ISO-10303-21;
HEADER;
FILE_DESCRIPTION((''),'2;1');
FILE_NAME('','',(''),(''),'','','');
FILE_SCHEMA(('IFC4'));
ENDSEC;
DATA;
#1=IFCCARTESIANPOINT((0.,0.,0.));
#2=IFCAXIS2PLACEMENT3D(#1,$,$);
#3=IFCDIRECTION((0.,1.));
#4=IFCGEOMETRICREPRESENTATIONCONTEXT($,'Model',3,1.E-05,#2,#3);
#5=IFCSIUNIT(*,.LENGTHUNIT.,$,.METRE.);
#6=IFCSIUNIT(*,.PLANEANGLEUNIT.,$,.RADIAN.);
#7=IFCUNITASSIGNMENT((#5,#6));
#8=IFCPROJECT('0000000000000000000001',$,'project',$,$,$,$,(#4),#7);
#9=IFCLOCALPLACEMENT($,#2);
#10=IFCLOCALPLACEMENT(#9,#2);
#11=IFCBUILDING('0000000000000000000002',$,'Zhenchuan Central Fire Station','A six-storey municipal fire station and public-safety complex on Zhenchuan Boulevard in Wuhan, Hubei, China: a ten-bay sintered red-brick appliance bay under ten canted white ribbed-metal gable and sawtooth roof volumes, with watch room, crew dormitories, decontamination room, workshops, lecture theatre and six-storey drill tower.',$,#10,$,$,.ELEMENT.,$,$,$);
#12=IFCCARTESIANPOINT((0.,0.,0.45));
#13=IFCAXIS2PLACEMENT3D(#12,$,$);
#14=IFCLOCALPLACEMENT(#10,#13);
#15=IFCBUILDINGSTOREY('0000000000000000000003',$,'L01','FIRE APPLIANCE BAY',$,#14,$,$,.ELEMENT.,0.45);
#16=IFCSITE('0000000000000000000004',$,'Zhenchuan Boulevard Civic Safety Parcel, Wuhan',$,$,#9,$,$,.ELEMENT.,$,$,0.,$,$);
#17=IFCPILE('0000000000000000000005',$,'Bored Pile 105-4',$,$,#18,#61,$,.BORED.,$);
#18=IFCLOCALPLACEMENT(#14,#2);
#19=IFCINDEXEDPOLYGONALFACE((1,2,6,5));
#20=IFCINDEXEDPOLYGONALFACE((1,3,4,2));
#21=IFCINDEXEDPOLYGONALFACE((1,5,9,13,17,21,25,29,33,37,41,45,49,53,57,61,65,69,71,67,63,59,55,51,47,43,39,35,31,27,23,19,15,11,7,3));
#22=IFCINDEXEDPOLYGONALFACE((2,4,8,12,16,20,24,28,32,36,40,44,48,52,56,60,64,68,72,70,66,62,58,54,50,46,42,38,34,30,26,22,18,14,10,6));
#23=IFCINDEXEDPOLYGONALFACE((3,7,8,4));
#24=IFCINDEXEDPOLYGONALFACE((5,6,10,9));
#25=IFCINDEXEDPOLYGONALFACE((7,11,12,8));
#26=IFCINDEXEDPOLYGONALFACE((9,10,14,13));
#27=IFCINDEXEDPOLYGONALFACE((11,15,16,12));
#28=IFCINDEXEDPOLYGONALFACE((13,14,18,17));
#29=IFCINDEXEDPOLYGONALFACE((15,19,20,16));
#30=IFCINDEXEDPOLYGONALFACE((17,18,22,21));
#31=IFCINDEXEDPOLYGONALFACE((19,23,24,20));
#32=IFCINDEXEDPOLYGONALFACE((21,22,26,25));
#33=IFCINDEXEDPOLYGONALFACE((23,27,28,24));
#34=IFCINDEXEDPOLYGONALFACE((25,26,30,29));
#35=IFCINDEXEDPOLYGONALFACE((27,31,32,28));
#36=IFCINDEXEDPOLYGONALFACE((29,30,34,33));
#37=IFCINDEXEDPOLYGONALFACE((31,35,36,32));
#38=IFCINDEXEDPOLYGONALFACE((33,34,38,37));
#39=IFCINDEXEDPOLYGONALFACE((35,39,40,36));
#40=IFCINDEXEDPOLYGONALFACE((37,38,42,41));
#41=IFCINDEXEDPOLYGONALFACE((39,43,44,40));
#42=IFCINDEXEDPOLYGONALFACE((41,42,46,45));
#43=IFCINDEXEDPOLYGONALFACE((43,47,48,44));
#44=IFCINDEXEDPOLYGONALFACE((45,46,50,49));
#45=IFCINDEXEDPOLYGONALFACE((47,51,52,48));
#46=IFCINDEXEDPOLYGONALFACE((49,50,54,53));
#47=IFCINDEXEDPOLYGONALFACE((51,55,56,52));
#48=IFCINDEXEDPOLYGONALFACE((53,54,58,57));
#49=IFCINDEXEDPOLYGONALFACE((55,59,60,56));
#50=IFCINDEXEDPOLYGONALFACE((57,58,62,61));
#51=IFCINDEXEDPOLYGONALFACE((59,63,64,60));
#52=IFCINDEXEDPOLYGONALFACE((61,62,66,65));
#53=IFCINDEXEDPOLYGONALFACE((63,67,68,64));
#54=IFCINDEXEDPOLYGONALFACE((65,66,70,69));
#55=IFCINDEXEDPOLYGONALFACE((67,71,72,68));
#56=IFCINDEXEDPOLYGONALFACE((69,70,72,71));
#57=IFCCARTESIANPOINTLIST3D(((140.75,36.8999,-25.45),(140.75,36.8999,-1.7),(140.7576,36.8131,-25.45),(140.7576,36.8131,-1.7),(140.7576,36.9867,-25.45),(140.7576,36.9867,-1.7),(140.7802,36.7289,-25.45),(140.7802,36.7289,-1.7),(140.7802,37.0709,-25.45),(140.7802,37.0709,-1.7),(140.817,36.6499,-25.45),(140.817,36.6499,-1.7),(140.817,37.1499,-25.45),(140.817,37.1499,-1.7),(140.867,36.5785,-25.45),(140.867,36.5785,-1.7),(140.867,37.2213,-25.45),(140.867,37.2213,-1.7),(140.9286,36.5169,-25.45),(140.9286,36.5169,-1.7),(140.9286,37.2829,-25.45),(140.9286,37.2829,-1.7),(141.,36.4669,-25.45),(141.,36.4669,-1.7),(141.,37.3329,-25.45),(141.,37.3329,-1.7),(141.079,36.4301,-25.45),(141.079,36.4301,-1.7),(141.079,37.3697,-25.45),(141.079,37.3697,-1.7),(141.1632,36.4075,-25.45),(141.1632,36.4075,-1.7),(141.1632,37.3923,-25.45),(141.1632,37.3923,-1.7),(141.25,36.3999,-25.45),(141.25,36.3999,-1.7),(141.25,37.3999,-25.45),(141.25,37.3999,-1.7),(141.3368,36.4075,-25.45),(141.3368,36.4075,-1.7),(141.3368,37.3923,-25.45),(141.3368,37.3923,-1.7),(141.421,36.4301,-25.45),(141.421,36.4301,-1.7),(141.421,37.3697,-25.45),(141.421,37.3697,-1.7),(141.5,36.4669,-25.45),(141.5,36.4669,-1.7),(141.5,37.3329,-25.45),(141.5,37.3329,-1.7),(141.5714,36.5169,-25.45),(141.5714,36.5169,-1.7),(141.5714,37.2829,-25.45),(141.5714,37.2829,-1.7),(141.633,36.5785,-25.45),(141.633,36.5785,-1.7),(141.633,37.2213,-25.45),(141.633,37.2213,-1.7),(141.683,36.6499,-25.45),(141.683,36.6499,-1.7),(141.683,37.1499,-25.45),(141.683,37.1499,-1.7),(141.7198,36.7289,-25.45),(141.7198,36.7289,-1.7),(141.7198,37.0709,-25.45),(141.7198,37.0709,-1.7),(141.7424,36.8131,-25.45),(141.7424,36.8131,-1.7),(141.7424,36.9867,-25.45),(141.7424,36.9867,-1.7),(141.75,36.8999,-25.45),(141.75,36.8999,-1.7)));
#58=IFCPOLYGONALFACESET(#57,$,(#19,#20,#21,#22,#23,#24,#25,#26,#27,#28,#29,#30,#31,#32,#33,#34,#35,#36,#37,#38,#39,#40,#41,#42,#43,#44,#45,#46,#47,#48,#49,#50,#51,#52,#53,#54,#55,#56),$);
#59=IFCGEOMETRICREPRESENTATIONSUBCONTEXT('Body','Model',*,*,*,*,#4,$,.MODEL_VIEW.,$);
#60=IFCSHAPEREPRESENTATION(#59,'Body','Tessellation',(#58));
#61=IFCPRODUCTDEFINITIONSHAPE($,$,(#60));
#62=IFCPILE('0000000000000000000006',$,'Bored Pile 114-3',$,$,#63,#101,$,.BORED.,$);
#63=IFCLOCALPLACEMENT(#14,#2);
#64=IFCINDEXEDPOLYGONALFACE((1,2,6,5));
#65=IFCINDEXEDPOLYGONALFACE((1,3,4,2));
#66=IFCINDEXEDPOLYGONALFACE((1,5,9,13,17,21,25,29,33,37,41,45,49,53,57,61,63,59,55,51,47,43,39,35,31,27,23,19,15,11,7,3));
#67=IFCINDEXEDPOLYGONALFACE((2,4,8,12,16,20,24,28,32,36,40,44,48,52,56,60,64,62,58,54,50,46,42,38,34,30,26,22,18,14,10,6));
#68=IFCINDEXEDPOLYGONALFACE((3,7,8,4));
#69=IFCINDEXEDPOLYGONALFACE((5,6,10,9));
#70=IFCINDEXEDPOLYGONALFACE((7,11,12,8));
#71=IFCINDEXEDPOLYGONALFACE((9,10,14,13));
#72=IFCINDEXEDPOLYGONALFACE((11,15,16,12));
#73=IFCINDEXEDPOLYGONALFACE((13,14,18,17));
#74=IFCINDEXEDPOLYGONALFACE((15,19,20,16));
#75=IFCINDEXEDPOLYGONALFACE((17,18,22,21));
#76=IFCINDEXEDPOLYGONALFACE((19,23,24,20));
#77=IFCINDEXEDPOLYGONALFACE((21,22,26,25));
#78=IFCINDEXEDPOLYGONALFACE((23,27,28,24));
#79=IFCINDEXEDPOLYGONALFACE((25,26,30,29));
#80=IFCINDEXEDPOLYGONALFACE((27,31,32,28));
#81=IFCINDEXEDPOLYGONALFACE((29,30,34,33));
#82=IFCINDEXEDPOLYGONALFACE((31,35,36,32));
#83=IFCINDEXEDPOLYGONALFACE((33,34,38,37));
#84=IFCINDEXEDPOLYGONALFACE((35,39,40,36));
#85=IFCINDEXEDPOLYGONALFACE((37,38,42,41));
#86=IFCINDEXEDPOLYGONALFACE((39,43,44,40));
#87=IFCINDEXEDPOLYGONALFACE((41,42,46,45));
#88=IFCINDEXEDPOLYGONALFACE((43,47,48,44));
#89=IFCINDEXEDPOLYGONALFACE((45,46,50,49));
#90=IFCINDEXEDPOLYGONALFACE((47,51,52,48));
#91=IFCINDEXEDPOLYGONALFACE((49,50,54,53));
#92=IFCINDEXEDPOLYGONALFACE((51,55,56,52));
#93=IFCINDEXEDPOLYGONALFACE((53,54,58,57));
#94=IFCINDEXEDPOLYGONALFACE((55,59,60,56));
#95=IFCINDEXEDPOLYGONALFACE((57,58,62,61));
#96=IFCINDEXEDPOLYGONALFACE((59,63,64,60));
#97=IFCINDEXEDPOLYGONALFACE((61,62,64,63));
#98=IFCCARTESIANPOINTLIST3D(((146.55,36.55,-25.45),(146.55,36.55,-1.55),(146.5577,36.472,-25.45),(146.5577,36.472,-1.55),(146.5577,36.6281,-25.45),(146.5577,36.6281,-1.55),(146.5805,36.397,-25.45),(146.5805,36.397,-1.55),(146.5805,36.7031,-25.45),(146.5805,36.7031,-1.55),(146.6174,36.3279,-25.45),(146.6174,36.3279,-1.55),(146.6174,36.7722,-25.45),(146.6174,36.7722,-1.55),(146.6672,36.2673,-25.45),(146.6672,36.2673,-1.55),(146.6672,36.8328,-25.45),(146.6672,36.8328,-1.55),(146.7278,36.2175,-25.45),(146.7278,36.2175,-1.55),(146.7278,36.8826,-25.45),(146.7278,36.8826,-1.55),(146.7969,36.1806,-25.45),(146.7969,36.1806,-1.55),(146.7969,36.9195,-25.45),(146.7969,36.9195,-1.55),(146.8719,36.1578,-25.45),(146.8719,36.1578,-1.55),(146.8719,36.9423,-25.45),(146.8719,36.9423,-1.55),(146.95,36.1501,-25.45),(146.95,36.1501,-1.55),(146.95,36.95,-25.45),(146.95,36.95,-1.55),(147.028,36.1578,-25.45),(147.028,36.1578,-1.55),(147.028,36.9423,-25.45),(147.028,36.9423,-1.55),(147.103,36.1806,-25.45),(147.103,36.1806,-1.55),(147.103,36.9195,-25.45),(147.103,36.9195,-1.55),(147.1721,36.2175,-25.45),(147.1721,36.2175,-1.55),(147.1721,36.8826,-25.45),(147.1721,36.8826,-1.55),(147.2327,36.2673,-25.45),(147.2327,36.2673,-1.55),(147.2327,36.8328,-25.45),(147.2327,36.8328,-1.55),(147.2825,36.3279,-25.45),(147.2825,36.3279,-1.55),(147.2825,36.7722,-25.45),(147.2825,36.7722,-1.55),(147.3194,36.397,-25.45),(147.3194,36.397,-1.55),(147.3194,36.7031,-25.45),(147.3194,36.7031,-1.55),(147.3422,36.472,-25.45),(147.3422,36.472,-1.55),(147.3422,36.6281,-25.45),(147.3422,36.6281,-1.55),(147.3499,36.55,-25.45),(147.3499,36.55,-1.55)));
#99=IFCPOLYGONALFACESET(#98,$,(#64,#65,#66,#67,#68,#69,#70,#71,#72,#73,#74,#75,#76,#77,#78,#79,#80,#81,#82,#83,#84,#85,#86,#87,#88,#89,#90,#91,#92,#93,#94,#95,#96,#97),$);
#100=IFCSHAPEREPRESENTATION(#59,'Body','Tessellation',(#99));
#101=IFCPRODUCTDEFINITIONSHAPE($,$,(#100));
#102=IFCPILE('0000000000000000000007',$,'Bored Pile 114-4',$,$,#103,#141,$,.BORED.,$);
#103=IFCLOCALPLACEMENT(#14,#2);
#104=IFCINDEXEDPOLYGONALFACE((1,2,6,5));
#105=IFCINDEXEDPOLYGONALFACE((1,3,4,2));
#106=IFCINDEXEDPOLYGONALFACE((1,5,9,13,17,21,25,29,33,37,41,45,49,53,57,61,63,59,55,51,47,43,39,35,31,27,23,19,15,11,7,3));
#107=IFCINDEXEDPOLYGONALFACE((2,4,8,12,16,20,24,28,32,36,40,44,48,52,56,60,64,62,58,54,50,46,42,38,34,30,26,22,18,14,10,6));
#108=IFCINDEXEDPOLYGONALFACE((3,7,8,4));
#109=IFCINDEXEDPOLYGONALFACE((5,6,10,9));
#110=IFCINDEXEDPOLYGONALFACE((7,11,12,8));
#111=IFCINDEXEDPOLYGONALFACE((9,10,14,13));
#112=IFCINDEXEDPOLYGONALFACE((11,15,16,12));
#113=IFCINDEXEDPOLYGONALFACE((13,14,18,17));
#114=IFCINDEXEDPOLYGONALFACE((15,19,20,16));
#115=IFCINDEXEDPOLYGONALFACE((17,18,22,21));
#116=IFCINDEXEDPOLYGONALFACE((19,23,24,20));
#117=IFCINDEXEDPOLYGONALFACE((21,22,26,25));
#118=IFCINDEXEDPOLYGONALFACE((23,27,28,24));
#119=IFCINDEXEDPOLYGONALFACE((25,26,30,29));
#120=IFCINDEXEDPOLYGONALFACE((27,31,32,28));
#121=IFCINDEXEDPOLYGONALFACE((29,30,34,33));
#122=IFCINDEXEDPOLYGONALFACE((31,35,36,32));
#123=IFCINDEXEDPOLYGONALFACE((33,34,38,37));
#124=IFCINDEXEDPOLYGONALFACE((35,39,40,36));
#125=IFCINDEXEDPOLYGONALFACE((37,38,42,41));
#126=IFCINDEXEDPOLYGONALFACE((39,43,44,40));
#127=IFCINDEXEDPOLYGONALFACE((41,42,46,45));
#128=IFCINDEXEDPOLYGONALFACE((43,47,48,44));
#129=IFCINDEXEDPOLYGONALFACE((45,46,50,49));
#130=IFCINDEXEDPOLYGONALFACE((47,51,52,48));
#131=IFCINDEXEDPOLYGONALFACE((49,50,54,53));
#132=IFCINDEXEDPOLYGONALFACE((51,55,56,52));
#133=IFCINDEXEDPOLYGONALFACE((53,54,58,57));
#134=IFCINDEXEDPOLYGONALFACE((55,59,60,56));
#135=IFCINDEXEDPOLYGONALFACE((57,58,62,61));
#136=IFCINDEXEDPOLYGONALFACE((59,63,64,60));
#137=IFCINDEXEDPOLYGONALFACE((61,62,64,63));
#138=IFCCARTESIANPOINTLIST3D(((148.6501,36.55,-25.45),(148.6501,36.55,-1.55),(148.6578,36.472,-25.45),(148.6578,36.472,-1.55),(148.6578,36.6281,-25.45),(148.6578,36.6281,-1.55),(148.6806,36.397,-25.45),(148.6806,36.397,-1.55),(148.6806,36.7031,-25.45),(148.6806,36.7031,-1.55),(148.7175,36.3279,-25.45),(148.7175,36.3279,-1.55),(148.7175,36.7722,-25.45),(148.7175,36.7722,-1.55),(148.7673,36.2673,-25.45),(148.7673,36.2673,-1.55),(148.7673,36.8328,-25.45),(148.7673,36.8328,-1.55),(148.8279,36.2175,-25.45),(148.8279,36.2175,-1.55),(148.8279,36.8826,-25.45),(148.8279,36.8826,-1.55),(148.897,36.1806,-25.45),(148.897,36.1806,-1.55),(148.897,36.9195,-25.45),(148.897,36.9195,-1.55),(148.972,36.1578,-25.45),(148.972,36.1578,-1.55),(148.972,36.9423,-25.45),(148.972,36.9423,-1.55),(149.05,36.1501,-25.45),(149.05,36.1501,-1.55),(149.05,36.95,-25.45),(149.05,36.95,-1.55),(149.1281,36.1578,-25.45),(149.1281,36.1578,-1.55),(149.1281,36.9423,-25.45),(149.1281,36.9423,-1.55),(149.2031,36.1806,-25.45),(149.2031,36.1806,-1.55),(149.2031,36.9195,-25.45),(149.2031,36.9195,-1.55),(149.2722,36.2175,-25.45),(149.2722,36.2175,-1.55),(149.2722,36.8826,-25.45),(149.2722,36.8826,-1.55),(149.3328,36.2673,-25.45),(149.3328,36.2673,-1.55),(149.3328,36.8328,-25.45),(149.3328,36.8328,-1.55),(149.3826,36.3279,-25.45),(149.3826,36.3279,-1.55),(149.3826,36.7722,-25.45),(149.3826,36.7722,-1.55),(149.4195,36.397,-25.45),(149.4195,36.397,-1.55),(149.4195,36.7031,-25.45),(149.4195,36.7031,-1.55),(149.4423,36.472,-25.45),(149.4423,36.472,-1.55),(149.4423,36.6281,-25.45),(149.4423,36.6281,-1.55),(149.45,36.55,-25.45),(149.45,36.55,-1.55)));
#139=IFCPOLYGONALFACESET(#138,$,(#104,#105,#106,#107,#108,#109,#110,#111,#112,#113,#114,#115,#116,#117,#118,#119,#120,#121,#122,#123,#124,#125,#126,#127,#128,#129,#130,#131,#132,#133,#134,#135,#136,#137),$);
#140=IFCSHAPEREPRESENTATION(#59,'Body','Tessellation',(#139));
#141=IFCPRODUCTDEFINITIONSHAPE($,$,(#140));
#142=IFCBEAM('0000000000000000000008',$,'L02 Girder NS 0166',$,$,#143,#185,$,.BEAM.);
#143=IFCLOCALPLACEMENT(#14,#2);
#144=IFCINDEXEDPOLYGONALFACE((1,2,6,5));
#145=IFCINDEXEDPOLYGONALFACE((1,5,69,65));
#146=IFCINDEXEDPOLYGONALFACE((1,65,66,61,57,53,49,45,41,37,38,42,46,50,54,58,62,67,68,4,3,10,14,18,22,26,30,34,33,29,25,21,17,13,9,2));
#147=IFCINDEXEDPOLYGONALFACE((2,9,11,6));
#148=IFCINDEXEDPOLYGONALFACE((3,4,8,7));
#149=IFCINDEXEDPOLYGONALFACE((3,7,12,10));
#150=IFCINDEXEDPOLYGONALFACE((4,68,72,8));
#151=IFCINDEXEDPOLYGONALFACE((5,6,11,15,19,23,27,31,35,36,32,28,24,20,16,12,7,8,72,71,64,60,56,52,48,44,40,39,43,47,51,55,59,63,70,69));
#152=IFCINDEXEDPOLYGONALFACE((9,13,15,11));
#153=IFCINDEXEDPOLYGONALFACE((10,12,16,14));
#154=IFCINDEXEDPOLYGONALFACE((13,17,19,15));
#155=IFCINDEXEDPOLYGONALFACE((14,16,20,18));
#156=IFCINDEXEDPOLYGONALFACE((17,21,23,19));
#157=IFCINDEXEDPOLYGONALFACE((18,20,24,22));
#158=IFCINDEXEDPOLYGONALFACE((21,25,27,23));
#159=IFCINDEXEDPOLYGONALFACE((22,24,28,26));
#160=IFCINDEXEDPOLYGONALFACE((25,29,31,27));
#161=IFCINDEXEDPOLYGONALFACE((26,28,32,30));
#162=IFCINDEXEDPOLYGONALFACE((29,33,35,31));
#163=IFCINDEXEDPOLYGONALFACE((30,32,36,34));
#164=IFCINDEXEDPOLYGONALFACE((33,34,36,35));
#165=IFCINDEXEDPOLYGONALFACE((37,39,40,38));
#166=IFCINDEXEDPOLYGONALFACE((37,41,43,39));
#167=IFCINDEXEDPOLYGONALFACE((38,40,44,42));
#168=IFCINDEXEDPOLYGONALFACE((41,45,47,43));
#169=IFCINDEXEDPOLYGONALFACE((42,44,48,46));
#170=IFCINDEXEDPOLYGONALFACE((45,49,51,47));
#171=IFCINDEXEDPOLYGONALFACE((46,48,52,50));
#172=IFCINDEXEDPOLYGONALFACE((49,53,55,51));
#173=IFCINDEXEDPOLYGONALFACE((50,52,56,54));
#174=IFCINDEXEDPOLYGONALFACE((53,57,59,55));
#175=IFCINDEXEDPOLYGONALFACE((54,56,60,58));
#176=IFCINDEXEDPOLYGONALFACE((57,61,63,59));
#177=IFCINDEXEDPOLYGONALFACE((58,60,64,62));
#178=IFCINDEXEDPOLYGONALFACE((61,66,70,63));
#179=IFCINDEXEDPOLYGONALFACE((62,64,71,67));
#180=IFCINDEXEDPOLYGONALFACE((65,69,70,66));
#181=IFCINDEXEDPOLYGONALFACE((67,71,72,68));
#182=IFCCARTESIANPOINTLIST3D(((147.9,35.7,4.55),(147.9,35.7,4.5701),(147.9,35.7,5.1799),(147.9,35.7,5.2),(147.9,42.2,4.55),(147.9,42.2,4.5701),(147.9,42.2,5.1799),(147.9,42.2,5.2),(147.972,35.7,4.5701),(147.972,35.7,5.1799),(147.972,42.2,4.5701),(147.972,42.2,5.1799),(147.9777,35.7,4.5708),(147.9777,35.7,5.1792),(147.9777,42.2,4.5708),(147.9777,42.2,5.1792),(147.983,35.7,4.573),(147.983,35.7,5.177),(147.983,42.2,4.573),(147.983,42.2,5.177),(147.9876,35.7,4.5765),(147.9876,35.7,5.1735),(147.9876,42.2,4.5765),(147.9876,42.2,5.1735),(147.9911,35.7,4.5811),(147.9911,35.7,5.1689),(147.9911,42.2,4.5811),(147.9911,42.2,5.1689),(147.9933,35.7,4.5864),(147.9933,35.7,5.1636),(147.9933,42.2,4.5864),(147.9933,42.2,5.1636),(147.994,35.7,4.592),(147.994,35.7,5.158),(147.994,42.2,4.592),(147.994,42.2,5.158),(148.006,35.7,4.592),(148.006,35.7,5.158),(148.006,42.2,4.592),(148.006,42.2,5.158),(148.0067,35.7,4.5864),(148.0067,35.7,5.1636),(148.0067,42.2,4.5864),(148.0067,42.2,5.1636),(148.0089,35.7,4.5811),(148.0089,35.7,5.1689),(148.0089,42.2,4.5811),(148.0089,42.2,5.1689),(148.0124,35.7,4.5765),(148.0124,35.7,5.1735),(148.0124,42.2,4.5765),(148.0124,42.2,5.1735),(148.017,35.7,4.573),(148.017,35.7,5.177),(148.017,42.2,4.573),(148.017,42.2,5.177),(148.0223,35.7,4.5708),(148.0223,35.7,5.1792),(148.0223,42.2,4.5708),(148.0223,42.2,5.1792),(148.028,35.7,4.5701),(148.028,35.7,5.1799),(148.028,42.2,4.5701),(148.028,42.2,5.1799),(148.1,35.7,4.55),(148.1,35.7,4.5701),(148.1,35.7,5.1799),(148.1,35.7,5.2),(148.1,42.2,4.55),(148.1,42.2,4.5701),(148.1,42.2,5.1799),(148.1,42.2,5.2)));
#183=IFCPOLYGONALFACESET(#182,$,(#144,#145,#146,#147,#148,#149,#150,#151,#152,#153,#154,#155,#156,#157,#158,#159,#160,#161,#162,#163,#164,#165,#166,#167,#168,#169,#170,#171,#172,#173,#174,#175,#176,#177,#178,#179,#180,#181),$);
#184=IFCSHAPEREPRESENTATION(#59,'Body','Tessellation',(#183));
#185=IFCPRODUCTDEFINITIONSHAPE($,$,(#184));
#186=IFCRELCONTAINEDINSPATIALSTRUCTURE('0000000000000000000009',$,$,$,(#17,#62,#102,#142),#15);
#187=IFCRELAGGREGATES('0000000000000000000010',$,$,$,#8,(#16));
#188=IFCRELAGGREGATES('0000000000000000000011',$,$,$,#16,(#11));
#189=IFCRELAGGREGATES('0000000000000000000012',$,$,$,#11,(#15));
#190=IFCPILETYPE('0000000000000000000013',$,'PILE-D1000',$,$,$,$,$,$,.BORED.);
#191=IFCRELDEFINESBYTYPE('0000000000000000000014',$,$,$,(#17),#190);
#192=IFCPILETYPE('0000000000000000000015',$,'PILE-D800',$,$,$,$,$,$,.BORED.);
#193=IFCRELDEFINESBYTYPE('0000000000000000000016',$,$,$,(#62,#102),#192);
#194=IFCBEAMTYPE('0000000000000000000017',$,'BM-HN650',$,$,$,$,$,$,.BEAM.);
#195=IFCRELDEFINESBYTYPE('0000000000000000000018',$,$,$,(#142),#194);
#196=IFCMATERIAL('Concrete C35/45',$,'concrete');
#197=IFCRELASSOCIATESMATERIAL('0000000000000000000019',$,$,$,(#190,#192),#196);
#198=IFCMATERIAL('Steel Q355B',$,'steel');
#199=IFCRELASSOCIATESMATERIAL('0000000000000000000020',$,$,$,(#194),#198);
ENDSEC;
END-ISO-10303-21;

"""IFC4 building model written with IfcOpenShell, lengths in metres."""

from ifc_helpers import new_model, si_unit, direction, frame, origin, origin_2d, place, context, subcontext, project, spatial, circle, i_section, extrude, material, material_profile, profile_set, type_object, element, save


model = new_model("IFC4")

# Units and contexts
model_context = context("Model", 3, precision=1e-05, world=origin(), true_north=direction((0.0, 1.0)))
body_context = subcontext(model_context, "Body", "Model", "MODEL_VIEW")
ifc_project = project(units=[si_unit("LENGTHUNIT", "METRE"), si_unit("PLANEANGLEUNIT", "RADIAN")], contexts=[model_context])

# Site, building, storey
site_placement = place(None, origin())
site = spatial("IfcSite", under=ifc_project, at=site_placement, Name="Zhenchuan Boulevard Civic Safety Parcel, Wuhan", CompositionType="ELEMENT", RefElevation=0.0)
building_placement = place(site_placement, origin())
building = spatial("IfcBuilding", under=site, at=building_placement, Name="Zhenchuan Central Fire Station", Description="A six-storey municipal fire station and public-safety complex on Zhenchuan Boulevard in Wuhan, Hubei, China: a ten-bay sintered red-brick appliance bay under ten canted white ribbed-metal gable and sawtooth roof volumes, with watch room, crew dormitories, decontamination room, workshops, lecture theatre and six-storey drill tower.", CompositionType="ELEMENT")
storey_placement = place(building_placement, frame((0.0, 0.0, 0.45)))
storey = spatial("IfcBuildingStorey", under=building, at=storey_placement, Name="L01", Description="FIRE APPLIANCE BAY", CompositionType="ELEMENT", Elevation=0.45)

# Piles
ifc_material_1 = material(Name="Concrete C35/45", Category="concrete")
ifc_material_profile_1 = material_profile(ifc_material_1, circle(Radius=0.5, at=origin_2d()), Name="PILE D1000")
ifc_profile_set_1 = profile_set([ifc_material_profile_1], Name="Concrete C35/45")
pile_type_1 = type_object("IfcPileType", Name="PILE-D1000", PredefinedType="BORED", material=ifc_profile_set_1)
pile_placement = place(storey_placement, frame((141.25, 36.8999, -1.7), z_axis=(0.0, 0.0, -1.0), x_axis=(1.0, 0.0, 0.0)))
element("IfcPile", 1, at=pile_placement, inside=storey, type_object=pile_type_1, Name="Bored Pile 105-4", PredefinedType="BORED", context=body_context, shape_type="SweptSolid", body=[
    extrude(circle(Radius=0.5, at=origin_2d()), origin(), (0.0, 0.0, 1.0), 23.75),
])
ifc_material_profile_2 = material_profile(ifc_material_1, circle(Radius=0.3999, at=origin_2d()), Name="PILE D800")
ifc_profile_set_2 = profile_set([ifc_material_profile_2], Name="Concrete C35/45")
pile_type_2 = type_object("IfcPileType", Name="PILE-D800", PredefinedType="BORED", material=ifc_profile_set_2)
for number, where, z_axis, x_axis, name in (
    (2, (146.95, 36.55, -1.55), (0.0, 0.0, -1.0), (1.0, 0.0, 0.0), "Bored Pile 114-3"),
    (3, (149.05, 36.55, -1.55), (0.0, 0.0, -1.0), (1.0, 0.0, 0.0), "Bored Pile 114-4"),
):
    element("IfcPile", number, at=place(storey_placement, frame(where, z_axis=z_axis, x_axis=x_axis)), inside=storey, type_object=pile_type_2, Name=name, PredefinedType="BORED", context=body_context, shape_type="SweptSolid", body=[
        extrude(circle(Radius=0.3999, at=origin_2d()), origin(), (0.0, 0.0, 1.0), 23.8999),
    ])

# Beam
ifc_material_2 = material(Name="Steel Q355B", Category="steel")
ifc_material_profile_3 = material_profile(ifc_material_2, i_section(OverallWidth=0.2, OverallDepth=0.6499, WebThickness=0.012, FlangeThickness=0.02, FilletRadius=0.022, at=origin_2d()), Name="HN 650x200")
ifc_profile_set_3 = profile_set([ifc_material_profile_3], Name="Steel Q355B")
beam_type_1 = type_object("IfcBeamType", Name="BM-HN650", PredefinedType="BEAM", material=ifc_profile_set_3)
beam_1_placement = place(storey_placement, frame((148.0, 35.7, 4.875), z_axis=(0.0, 1.0, 0.0), x_axis=(-1.0, 0.0, 0.0)))
element("IfcBeam", 4, at=beam_1_placement, inside=storey, type_object=beam_type_1, Name="L02 Girder NS 0166", PredefinedType="BEAM", context=body_context, shape_type="SweptSolid", body=[
    extrude(i_section(OverallWidth=0.2, OverallDepth=0.6499, WebThickness=0.012, FlangeThickness=0.02, FilletRadius=0.022, at=origin_2d()), origin(), (0.0, 0.0, 1.0), 6.5),
])

save(model, "model.ifc")
